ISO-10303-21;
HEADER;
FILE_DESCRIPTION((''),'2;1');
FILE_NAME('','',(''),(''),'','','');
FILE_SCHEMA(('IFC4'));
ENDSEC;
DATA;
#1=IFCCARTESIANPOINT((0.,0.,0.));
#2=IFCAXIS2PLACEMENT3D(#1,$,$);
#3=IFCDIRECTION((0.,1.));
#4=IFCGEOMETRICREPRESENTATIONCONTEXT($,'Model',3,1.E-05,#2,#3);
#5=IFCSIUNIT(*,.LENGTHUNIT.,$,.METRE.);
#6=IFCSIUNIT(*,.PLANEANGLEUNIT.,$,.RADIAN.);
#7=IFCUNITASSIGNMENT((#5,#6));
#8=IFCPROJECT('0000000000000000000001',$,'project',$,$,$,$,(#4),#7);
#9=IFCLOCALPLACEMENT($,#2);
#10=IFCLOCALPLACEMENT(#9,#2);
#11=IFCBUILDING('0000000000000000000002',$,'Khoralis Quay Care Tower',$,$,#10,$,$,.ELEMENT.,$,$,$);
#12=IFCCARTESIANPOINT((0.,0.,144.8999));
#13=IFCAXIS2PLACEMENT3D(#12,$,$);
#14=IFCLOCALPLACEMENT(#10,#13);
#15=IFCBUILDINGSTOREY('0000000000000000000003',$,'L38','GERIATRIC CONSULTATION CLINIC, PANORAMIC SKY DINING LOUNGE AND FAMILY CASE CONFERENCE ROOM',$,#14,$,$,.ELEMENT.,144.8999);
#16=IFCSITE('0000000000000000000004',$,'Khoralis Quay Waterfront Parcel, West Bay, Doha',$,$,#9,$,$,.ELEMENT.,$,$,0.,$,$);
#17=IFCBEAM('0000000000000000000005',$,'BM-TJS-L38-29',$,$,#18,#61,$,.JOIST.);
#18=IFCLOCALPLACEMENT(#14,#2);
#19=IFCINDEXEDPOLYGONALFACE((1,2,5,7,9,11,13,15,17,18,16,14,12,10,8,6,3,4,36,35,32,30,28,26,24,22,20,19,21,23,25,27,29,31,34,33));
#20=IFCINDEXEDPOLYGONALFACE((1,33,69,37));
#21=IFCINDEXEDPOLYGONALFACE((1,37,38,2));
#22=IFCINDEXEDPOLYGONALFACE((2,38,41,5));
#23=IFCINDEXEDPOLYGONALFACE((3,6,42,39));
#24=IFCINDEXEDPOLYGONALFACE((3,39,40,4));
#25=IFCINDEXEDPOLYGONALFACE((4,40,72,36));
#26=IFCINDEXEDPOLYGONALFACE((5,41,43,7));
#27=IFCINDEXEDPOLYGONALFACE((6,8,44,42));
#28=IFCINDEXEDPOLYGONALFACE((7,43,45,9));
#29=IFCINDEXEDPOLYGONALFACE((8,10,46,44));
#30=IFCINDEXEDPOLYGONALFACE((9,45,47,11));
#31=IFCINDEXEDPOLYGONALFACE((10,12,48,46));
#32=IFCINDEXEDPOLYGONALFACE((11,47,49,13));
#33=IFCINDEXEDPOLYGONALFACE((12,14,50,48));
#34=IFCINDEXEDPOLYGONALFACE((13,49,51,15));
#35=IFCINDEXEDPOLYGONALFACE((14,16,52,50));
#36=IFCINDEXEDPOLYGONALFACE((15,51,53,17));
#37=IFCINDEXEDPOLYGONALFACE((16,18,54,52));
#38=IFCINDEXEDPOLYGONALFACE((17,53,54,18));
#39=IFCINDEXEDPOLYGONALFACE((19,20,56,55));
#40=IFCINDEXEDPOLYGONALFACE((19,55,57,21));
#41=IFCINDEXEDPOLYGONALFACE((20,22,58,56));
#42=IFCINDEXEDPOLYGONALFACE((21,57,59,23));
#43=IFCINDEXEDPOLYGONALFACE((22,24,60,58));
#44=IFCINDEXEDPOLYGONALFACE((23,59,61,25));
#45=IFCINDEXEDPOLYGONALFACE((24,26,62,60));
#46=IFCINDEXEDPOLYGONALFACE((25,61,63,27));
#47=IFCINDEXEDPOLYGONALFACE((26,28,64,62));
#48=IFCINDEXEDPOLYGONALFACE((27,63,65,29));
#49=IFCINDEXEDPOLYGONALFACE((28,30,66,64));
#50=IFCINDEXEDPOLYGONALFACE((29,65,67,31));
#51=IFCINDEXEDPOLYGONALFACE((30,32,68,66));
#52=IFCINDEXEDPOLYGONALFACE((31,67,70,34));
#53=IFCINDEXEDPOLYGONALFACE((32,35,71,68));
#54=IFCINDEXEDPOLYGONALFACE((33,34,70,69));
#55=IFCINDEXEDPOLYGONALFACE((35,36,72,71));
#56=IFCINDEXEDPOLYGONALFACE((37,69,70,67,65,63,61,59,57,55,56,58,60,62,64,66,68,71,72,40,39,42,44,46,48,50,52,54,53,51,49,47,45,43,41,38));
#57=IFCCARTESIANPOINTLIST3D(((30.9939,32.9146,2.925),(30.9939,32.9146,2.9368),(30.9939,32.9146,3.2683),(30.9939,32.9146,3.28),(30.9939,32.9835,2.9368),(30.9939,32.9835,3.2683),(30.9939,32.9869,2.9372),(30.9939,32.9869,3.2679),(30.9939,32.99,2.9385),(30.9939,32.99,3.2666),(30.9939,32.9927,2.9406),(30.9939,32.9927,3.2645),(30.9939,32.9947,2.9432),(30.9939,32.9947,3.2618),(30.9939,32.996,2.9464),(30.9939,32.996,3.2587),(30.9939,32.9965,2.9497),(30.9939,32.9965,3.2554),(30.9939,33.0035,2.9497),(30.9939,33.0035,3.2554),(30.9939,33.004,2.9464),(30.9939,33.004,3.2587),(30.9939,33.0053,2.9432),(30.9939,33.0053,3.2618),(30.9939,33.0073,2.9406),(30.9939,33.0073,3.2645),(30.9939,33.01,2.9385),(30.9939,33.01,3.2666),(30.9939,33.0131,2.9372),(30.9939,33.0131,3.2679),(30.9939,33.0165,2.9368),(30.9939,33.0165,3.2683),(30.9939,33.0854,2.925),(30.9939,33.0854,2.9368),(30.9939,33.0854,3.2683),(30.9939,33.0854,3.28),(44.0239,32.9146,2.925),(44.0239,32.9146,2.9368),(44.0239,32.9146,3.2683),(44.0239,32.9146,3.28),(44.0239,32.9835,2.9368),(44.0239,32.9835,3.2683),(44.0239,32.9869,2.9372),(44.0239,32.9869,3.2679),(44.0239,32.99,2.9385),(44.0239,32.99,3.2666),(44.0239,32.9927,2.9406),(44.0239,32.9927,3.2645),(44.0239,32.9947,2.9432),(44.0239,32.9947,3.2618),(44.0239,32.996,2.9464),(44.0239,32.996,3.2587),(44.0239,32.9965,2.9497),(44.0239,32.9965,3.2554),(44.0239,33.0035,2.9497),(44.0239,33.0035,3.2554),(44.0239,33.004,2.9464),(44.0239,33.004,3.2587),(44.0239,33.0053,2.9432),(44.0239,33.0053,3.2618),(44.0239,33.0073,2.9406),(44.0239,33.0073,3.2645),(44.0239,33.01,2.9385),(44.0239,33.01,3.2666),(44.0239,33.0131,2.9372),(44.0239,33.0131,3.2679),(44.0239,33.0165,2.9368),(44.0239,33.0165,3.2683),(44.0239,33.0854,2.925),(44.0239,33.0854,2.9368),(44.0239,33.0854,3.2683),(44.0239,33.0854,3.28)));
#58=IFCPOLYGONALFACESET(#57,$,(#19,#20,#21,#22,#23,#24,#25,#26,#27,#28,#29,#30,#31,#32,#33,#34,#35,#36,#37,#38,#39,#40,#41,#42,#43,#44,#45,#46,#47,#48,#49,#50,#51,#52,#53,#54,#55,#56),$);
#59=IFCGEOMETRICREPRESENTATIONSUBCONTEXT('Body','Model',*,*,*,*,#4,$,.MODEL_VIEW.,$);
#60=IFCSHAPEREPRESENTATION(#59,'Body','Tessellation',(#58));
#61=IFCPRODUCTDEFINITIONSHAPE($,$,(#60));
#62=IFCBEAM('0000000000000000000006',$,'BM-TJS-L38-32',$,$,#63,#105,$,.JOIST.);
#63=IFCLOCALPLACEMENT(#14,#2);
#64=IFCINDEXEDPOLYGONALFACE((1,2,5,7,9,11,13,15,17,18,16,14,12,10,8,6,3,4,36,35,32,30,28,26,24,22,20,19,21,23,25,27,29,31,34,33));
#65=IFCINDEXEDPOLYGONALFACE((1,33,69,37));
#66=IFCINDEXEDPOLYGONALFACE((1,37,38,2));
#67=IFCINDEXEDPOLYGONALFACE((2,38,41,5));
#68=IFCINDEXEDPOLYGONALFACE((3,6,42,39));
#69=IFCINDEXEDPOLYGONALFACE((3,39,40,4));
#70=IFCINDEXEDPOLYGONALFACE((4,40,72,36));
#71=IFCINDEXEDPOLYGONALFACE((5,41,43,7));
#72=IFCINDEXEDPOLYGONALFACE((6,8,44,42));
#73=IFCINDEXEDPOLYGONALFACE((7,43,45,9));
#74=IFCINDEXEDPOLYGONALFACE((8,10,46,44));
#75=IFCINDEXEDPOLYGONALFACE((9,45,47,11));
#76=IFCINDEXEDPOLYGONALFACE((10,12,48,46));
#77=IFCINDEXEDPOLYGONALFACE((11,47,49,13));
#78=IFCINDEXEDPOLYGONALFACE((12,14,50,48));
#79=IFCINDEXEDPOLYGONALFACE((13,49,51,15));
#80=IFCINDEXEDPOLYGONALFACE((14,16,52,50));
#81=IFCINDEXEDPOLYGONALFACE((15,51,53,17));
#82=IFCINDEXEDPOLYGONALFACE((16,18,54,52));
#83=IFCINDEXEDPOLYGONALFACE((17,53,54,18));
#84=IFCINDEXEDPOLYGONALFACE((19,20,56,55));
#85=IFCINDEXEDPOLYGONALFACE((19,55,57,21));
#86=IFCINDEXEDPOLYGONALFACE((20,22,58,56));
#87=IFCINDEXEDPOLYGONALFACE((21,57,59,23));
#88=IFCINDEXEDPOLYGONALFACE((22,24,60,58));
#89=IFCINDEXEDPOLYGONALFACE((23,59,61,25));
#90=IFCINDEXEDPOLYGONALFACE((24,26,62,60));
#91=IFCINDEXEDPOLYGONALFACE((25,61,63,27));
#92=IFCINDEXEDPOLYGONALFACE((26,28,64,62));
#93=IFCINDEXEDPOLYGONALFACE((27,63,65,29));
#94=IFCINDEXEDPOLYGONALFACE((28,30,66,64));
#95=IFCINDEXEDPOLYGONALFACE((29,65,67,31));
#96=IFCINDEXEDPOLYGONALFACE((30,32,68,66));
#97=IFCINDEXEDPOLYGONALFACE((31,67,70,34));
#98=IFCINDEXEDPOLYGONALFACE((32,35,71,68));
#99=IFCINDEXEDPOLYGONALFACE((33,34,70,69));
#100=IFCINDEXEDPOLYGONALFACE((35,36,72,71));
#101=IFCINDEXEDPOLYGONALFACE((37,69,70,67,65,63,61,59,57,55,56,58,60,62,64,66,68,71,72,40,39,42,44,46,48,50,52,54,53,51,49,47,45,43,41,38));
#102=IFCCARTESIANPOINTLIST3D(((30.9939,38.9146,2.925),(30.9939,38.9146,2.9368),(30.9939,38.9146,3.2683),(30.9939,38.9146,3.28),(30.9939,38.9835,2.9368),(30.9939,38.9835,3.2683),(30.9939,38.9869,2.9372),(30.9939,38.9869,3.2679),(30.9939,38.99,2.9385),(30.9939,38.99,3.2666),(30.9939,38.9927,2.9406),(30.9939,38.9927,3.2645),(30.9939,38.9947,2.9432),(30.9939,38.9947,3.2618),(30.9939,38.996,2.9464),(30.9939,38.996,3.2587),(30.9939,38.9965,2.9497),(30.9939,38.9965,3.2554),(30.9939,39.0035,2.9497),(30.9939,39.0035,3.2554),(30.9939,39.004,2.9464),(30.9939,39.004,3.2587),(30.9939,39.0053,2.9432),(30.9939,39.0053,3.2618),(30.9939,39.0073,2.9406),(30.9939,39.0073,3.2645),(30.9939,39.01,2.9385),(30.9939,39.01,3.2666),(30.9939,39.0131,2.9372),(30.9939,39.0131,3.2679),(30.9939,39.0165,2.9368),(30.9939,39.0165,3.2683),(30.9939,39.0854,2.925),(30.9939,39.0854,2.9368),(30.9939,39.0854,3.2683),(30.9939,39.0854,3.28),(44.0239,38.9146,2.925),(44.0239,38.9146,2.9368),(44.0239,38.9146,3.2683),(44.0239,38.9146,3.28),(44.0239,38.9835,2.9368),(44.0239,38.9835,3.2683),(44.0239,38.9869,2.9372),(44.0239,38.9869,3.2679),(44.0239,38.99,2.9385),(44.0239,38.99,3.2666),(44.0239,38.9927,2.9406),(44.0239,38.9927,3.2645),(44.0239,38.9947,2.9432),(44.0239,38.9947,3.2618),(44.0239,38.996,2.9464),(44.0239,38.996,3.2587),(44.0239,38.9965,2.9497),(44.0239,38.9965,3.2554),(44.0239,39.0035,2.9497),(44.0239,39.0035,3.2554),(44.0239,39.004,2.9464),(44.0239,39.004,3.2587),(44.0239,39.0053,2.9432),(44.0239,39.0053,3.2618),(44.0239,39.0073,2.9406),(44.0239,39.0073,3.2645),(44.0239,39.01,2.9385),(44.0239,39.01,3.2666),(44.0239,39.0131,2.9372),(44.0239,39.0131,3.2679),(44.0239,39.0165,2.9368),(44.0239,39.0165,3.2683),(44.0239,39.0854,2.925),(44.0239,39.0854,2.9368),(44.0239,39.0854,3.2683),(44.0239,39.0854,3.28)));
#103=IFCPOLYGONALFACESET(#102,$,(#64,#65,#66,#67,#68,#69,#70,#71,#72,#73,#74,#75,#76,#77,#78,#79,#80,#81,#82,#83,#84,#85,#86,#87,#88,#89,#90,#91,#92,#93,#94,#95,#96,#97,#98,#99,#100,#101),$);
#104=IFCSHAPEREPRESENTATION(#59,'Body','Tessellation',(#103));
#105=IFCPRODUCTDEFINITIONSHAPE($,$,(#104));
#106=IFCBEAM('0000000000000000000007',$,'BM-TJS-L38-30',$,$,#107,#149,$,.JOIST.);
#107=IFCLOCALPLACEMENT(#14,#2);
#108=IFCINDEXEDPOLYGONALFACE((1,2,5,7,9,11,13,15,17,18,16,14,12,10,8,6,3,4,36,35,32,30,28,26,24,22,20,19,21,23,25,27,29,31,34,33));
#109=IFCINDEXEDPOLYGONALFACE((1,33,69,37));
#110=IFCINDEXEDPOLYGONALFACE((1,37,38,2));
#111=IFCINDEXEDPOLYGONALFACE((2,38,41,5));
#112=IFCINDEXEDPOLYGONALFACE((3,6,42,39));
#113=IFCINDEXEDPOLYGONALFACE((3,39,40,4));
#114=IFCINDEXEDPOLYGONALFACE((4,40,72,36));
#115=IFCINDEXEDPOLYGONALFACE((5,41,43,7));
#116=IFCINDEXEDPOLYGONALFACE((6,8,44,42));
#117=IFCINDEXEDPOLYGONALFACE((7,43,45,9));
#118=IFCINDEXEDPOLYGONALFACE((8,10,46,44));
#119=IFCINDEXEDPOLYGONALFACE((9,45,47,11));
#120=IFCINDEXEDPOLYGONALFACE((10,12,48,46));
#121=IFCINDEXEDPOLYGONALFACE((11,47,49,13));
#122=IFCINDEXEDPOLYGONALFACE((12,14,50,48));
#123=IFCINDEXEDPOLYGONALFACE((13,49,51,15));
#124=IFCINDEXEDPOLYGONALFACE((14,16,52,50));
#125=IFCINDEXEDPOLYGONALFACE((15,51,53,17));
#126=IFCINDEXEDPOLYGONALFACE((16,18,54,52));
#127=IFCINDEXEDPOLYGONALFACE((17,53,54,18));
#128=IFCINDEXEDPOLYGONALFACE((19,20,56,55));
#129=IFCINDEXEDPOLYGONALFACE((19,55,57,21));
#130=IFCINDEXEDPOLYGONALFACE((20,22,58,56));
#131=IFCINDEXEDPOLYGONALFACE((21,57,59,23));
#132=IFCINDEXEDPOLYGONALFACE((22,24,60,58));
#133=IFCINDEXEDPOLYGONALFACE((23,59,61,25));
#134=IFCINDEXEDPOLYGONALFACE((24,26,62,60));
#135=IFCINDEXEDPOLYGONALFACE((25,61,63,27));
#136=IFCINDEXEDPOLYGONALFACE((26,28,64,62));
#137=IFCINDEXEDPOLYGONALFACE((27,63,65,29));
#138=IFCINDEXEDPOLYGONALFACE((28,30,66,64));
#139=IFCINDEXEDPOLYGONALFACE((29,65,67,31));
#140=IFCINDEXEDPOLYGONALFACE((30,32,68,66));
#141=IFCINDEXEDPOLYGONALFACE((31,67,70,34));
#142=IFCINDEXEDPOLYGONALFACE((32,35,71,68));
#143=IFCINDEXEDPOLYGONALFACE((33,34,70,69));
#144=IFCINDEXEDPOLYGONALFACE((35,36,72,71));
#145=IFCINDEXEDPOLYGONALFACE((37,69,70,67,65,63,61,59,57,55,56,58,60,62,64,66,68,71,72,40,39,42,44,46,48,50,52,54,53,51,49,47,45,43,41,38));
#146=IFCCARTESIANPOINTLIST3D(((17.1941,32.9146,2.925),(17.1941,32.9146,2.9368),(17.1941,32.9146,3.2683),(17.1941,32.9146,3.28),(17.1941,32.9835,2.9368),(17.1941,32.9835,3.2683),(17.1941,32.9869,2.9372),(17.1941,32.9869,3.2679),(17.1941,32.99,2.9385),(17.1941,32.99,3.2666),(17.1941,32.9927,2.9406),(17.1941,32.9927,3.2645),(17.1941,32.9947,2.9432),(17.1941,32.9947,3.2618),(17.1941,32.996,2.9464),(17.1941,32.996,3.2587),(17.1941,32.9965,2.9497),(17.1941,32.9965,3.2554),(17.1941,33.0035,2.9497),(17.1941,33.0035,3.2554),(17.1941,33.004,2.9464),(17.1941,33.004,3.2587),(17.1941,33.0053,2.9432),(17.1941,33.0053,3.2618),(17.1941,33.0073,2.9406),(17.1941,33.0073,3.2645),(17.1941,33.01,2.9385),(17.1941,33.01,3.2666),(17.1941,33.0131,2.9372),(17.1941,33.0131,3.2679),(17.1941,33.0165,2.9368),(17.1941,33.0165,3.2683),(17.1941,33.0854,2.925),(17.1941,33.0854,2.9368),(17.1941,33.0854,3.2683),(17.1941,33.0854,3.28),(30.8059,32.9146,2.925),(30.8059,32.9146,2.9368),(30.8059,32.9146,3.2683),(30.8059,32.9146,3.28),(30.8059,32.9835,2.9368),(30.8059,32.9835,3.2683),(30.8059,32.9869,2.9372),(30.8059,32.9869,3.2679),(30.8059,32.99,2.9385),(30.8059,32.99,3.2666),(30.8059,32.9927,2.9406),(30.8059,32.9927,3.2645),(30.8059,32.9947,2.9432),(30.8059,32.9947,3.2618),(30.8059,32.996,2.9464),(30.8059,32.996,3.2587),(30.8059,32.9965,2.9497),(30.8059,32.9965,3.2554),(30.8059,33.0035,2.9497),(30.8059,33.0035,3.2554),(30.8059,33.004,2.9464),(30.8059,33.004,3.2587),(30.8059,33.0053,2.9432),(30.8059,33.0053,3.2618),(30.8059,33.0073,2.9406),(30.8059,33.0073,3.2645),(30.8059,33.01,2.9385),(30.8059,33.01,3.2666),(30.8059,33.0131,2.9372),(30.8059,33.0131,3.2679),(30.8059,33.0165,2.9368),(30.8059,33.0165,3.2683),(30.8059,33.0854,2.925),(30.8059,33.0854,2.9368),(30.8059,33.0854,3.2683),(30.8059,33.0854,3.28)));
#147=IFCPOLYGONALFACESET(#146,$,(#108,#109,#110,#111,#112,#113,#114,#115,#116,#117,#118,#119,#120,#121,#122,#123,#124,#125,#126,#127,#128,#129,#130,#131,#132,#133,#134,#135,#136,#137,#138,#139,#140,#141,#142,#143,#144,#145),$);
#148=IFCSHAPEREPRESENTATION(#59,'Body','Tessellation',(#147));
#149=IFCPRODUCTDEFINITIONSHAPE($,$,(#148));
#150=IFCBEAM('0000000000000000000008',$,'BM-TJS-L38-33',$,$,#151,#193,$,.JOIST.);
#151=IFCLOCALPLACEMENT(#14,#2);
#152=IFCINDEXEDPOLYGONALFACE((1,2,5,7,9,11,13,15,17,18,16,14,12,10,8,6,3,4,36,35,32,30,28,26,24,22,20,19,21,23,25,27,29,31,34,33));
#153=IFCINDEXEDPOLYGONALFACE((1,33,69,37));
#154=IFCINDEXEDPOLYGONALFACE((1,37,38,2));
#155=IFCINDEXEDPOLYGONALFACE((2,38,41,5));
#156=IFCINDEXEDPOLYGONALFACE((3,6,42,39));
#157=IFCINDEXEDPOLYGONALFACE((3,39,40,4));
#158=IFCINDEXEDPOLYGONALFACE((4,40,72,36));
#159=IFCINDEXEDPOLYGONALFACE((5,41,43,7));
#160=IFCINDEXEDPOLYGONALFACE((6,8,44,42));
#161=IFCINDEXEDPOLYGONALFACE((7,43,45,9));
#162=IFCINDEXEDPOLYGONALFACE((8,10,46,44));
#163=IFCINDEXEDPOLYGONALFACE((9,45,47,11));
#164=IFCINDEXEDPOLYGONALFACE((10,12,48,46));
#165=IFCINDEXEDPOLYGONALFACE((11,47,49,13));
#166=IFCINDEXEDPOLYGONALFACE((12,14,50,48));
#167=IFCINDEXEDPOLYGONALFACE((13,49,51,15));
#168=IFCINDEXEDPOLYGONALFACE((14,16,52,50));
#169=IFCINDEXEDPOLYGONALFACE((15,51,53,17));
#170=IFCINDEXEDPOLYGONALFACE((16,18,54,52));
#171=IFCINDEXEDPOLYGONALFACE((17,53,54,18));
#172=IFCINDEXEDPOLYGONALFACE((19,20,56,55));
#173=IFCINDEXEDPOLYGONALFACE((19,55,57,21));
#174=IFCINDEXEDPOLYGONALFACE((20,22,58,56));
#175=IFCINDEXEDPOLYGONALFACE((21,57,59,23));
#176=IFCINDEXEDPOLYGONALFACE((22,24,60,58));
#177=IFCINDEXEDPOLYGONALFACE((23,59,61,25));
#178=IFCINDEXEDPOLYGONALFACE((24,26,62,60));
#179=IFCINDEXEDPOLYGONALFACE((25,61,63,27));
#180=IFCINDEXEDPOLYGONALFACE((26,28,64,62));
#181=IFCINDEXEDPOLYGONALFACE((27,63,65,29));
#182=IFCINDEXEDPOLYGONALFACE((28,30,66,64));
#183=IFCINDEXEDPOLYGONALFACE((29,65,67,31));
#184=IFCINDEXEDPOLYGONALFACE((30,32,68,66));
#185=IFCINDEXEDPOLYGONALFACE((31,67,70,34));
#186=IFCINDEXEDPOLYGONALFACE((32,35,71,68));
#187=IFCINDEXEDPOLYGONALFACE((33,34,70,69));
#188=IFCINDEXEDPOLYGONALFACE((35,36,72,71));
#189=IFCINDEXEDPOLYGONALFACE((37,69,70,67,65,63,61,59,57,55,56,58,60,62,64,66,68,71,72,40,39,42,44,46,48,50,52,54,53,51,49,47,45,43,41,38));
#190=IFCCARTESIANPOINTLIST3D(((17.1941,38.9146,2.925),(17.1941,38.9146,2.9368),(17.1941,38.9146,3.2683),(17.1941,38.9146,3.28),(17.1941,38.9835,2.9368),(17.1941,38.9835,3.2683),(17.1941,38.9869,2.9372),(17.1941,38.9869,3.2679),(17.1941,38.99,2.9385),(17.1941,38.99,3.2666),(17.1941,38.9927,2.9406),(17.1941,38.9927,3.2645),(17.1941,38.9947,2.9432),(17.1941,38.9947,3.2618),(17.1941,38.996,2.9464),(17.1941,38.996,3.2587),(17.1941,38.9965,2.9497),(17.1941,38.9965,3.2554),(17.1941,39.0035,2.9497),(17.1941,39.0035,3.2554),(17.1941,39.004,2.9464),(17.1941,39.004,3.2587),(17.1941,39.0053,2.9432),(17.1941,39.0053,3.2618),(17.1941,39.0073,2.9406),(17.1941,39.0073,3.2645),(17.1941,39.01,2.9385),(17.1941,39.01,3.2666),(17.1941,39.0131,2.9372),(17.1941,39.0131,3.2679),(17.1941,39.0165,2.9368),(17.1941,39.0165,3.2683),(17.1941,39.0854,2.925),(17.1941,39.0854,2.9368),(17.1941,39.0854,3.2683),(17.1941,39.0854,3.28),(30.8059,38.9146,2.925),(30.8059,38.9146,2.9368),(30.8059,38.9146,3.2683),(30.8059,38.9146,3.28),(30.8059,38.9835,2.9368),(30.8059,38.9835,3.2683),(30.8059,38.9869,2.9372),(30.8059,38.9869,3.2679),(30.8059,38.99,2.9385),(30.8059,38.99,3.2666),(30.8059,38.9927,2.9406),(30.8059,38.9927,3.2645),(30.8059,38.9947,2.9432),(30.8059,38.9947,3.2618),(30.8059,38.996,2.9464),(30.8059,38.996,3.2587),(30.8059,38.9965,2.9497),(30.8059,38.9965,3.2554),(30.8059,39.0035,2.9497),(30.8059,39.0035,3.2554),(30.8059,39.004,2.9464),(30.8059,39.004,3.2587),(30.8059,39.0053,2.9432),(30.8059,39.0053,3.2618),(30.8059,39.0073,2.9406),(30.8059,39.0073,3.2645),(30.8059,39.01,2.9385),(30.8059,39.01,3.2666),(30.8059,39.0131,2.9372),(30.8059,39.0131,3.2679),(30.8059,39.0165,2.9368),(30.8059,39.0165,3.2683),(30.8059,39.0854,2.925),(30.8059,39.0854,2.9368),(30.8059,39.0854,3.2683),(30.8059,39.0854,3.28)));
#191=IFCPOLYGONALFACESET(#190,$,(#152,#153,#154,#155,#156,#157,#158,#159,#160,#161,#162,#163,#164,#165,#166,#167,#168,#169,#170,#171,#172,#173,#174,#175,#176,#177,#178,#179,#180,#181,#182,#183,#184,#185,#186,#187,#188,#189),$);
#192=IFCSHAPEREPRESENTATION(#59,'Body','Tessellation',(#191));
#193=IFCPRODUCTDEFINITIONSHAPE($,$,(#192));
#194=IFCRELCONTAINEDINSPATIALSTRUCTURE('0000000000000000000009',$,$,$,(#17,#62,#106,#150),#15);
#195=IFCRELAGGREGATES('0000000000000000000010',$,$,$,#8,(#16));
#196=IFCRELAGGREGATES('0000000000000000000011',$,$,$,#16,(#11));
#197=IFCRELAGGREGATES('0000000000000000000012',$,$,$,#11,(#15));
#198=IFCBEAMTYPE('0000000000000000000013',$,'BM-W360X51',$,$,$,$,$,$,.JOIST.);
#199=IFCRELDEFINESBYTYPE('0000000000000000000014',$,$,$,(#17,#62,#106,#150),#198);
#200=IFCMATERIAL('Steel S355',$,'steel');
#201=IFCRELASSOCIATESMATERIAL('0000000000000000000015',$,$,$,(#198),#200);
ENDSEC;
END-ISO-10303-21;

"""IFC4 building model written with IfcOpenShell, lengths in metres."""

from ifc_helpers import new_model, si_unit, direction, frame, origin, origin_2d, place, context, subcontext, project, spatial, i_section, extrude, source, transform, mapped, material, material_profile, profile_set, type_object, element, save


model = new_model("IFC4")

# Units and contexts
model_context = context("Model", 3, precision=1e-05, world=origin(), true_north=direction((0.0, 1.0)))
body_context = subcontext(model_context, "Body", "Model", "MODEL_VIEW")
ifc_project = project(units=[si_unit("LENGTHUNIT", "METRE"), si_unit("PLANEANGLEUNIT", "RADIAN")], contexts=[model_context])

# Site, building, storey
site_placement = place(None, origin())
site = spatial("IfcSite", under=ifc_project, at=site_placement, Name="Khoralis Quay Waterfront Parcel, West Bay, Doha", CompositionType="ELEMENT", RefElevation=0.0)
building_placement = place(site_placement, origin())
building = spatial("IfcBuilding", under=site, at=building_placement, Name="Khoralis Quay Care Tower", CompositionType="ELEMENT")
storey_placement = place(building_placement, frame((0.0, 0.0, 144.8999)))
storey = spatial("IfcBuildingStorey", under=building, at=storey_placement, Name="L38", Description="GERIATRIC CONSULTATION CLINIC, PANORAMIC SKY DINING LOUNGE AND FAMILY CASE CONFERENCE ROOM", CompositionType="ELEMENT", Elevation=144.8999)

# Beams
ifc_material_1 = material(Name="Steel S355", Category="steel")
ifc_material_profile_1 = material_profile(ifc_material_1, i_section(OverallWidth=0.1709, OverallDepth=0.355, WebThickness=0.0071, FlangeThickness=0.0117, FilletRadius=0.0129, at=origin_2d()), Name="Steel S355")
ifc_profile_set_1 = profile_set([ifc_material_profile_1], Name="Steel S355")
beam_type_1 = type_object("IfcBeamType", Name="BM-W360X51", PredefinedType="JOIST", material=ifc_profile_set_1)
shared_shape_1 = source(origin(), body_context, "Body", "SweptSolid", [
    extrude(i_section(OverallWidth=0.1709, OverallDepth=0.355, WebThickness=0.0071, FlangeThickness=0.0117, FilletRadius=0.0129, at=origin_2d()), origin(), (0.0, 0.0, 1.0), 13.03),
])
for number, where, z_axis, x_axis, name in (
    (1, (30.9939, 33.0, 3.1025), (1.0, 0.0, 0.0), (0.0, 1.0, 0.0), "BM-TJS-L38-29"),
    (2, (30.9939, 39.0, 3.1025), (1.0, 0.0, 0.0), (0.0, 1.0, 0.0), "BM-TJS-L38-32"),
):
    element("IfcBeam", number, at=place(storey_placement, frame(where, z_axis=z_axis, x_axis=x_axis)), inside=storey, type_object=beam_type_1, Name=name, PredefinedType="JOIST", context=body_context, shape_type="MappedRepresentation", body=[
        mapped(shared_shape_1, transform((0.0, 0.0, 0.0), scale=1.0)),
    ])
shared_shape_2 = source(origin(), body_context, "Body", "SweptSolid", [
    extrude(i_section(OverallWidth=0.1709, OverallDepth=0.355, WebThickness=0.0071, FlangeThickness=0.0117, FilletRadius=0.0129, at=origin_2d()), origin(), (0.0, 0.0, 1.0), 13.6118),
])
for number, where, z_axis, x_axis, name in (
    (3, (17.1941, 33.0, 3.1025), (1.0, 0.0, 0.0), (0.0, 1.0, 0.0), "BM-TJS-L38-30"),
    (4, (17.1941, 39.0, 3.1025), (1.0, 0.0, 0.0), (0.0, 1.0, 0.0), "BM-TJS-L38-33"),
):
    element("IfcBeam", number, at=place(storey_placement, frame(where, z_axis=z_axis, x_axis=x_axis)), inside=storey, type_object=beam_type_1, Name=name, PredefinedType="JOIST", context=body_context, shape_type="MappedRepresentation", body=[
        mapped(shared_shape_2, transform((0.0, 0.0, 0.0), scale=1.0)),
    ])

save(model, "model.ifc")
